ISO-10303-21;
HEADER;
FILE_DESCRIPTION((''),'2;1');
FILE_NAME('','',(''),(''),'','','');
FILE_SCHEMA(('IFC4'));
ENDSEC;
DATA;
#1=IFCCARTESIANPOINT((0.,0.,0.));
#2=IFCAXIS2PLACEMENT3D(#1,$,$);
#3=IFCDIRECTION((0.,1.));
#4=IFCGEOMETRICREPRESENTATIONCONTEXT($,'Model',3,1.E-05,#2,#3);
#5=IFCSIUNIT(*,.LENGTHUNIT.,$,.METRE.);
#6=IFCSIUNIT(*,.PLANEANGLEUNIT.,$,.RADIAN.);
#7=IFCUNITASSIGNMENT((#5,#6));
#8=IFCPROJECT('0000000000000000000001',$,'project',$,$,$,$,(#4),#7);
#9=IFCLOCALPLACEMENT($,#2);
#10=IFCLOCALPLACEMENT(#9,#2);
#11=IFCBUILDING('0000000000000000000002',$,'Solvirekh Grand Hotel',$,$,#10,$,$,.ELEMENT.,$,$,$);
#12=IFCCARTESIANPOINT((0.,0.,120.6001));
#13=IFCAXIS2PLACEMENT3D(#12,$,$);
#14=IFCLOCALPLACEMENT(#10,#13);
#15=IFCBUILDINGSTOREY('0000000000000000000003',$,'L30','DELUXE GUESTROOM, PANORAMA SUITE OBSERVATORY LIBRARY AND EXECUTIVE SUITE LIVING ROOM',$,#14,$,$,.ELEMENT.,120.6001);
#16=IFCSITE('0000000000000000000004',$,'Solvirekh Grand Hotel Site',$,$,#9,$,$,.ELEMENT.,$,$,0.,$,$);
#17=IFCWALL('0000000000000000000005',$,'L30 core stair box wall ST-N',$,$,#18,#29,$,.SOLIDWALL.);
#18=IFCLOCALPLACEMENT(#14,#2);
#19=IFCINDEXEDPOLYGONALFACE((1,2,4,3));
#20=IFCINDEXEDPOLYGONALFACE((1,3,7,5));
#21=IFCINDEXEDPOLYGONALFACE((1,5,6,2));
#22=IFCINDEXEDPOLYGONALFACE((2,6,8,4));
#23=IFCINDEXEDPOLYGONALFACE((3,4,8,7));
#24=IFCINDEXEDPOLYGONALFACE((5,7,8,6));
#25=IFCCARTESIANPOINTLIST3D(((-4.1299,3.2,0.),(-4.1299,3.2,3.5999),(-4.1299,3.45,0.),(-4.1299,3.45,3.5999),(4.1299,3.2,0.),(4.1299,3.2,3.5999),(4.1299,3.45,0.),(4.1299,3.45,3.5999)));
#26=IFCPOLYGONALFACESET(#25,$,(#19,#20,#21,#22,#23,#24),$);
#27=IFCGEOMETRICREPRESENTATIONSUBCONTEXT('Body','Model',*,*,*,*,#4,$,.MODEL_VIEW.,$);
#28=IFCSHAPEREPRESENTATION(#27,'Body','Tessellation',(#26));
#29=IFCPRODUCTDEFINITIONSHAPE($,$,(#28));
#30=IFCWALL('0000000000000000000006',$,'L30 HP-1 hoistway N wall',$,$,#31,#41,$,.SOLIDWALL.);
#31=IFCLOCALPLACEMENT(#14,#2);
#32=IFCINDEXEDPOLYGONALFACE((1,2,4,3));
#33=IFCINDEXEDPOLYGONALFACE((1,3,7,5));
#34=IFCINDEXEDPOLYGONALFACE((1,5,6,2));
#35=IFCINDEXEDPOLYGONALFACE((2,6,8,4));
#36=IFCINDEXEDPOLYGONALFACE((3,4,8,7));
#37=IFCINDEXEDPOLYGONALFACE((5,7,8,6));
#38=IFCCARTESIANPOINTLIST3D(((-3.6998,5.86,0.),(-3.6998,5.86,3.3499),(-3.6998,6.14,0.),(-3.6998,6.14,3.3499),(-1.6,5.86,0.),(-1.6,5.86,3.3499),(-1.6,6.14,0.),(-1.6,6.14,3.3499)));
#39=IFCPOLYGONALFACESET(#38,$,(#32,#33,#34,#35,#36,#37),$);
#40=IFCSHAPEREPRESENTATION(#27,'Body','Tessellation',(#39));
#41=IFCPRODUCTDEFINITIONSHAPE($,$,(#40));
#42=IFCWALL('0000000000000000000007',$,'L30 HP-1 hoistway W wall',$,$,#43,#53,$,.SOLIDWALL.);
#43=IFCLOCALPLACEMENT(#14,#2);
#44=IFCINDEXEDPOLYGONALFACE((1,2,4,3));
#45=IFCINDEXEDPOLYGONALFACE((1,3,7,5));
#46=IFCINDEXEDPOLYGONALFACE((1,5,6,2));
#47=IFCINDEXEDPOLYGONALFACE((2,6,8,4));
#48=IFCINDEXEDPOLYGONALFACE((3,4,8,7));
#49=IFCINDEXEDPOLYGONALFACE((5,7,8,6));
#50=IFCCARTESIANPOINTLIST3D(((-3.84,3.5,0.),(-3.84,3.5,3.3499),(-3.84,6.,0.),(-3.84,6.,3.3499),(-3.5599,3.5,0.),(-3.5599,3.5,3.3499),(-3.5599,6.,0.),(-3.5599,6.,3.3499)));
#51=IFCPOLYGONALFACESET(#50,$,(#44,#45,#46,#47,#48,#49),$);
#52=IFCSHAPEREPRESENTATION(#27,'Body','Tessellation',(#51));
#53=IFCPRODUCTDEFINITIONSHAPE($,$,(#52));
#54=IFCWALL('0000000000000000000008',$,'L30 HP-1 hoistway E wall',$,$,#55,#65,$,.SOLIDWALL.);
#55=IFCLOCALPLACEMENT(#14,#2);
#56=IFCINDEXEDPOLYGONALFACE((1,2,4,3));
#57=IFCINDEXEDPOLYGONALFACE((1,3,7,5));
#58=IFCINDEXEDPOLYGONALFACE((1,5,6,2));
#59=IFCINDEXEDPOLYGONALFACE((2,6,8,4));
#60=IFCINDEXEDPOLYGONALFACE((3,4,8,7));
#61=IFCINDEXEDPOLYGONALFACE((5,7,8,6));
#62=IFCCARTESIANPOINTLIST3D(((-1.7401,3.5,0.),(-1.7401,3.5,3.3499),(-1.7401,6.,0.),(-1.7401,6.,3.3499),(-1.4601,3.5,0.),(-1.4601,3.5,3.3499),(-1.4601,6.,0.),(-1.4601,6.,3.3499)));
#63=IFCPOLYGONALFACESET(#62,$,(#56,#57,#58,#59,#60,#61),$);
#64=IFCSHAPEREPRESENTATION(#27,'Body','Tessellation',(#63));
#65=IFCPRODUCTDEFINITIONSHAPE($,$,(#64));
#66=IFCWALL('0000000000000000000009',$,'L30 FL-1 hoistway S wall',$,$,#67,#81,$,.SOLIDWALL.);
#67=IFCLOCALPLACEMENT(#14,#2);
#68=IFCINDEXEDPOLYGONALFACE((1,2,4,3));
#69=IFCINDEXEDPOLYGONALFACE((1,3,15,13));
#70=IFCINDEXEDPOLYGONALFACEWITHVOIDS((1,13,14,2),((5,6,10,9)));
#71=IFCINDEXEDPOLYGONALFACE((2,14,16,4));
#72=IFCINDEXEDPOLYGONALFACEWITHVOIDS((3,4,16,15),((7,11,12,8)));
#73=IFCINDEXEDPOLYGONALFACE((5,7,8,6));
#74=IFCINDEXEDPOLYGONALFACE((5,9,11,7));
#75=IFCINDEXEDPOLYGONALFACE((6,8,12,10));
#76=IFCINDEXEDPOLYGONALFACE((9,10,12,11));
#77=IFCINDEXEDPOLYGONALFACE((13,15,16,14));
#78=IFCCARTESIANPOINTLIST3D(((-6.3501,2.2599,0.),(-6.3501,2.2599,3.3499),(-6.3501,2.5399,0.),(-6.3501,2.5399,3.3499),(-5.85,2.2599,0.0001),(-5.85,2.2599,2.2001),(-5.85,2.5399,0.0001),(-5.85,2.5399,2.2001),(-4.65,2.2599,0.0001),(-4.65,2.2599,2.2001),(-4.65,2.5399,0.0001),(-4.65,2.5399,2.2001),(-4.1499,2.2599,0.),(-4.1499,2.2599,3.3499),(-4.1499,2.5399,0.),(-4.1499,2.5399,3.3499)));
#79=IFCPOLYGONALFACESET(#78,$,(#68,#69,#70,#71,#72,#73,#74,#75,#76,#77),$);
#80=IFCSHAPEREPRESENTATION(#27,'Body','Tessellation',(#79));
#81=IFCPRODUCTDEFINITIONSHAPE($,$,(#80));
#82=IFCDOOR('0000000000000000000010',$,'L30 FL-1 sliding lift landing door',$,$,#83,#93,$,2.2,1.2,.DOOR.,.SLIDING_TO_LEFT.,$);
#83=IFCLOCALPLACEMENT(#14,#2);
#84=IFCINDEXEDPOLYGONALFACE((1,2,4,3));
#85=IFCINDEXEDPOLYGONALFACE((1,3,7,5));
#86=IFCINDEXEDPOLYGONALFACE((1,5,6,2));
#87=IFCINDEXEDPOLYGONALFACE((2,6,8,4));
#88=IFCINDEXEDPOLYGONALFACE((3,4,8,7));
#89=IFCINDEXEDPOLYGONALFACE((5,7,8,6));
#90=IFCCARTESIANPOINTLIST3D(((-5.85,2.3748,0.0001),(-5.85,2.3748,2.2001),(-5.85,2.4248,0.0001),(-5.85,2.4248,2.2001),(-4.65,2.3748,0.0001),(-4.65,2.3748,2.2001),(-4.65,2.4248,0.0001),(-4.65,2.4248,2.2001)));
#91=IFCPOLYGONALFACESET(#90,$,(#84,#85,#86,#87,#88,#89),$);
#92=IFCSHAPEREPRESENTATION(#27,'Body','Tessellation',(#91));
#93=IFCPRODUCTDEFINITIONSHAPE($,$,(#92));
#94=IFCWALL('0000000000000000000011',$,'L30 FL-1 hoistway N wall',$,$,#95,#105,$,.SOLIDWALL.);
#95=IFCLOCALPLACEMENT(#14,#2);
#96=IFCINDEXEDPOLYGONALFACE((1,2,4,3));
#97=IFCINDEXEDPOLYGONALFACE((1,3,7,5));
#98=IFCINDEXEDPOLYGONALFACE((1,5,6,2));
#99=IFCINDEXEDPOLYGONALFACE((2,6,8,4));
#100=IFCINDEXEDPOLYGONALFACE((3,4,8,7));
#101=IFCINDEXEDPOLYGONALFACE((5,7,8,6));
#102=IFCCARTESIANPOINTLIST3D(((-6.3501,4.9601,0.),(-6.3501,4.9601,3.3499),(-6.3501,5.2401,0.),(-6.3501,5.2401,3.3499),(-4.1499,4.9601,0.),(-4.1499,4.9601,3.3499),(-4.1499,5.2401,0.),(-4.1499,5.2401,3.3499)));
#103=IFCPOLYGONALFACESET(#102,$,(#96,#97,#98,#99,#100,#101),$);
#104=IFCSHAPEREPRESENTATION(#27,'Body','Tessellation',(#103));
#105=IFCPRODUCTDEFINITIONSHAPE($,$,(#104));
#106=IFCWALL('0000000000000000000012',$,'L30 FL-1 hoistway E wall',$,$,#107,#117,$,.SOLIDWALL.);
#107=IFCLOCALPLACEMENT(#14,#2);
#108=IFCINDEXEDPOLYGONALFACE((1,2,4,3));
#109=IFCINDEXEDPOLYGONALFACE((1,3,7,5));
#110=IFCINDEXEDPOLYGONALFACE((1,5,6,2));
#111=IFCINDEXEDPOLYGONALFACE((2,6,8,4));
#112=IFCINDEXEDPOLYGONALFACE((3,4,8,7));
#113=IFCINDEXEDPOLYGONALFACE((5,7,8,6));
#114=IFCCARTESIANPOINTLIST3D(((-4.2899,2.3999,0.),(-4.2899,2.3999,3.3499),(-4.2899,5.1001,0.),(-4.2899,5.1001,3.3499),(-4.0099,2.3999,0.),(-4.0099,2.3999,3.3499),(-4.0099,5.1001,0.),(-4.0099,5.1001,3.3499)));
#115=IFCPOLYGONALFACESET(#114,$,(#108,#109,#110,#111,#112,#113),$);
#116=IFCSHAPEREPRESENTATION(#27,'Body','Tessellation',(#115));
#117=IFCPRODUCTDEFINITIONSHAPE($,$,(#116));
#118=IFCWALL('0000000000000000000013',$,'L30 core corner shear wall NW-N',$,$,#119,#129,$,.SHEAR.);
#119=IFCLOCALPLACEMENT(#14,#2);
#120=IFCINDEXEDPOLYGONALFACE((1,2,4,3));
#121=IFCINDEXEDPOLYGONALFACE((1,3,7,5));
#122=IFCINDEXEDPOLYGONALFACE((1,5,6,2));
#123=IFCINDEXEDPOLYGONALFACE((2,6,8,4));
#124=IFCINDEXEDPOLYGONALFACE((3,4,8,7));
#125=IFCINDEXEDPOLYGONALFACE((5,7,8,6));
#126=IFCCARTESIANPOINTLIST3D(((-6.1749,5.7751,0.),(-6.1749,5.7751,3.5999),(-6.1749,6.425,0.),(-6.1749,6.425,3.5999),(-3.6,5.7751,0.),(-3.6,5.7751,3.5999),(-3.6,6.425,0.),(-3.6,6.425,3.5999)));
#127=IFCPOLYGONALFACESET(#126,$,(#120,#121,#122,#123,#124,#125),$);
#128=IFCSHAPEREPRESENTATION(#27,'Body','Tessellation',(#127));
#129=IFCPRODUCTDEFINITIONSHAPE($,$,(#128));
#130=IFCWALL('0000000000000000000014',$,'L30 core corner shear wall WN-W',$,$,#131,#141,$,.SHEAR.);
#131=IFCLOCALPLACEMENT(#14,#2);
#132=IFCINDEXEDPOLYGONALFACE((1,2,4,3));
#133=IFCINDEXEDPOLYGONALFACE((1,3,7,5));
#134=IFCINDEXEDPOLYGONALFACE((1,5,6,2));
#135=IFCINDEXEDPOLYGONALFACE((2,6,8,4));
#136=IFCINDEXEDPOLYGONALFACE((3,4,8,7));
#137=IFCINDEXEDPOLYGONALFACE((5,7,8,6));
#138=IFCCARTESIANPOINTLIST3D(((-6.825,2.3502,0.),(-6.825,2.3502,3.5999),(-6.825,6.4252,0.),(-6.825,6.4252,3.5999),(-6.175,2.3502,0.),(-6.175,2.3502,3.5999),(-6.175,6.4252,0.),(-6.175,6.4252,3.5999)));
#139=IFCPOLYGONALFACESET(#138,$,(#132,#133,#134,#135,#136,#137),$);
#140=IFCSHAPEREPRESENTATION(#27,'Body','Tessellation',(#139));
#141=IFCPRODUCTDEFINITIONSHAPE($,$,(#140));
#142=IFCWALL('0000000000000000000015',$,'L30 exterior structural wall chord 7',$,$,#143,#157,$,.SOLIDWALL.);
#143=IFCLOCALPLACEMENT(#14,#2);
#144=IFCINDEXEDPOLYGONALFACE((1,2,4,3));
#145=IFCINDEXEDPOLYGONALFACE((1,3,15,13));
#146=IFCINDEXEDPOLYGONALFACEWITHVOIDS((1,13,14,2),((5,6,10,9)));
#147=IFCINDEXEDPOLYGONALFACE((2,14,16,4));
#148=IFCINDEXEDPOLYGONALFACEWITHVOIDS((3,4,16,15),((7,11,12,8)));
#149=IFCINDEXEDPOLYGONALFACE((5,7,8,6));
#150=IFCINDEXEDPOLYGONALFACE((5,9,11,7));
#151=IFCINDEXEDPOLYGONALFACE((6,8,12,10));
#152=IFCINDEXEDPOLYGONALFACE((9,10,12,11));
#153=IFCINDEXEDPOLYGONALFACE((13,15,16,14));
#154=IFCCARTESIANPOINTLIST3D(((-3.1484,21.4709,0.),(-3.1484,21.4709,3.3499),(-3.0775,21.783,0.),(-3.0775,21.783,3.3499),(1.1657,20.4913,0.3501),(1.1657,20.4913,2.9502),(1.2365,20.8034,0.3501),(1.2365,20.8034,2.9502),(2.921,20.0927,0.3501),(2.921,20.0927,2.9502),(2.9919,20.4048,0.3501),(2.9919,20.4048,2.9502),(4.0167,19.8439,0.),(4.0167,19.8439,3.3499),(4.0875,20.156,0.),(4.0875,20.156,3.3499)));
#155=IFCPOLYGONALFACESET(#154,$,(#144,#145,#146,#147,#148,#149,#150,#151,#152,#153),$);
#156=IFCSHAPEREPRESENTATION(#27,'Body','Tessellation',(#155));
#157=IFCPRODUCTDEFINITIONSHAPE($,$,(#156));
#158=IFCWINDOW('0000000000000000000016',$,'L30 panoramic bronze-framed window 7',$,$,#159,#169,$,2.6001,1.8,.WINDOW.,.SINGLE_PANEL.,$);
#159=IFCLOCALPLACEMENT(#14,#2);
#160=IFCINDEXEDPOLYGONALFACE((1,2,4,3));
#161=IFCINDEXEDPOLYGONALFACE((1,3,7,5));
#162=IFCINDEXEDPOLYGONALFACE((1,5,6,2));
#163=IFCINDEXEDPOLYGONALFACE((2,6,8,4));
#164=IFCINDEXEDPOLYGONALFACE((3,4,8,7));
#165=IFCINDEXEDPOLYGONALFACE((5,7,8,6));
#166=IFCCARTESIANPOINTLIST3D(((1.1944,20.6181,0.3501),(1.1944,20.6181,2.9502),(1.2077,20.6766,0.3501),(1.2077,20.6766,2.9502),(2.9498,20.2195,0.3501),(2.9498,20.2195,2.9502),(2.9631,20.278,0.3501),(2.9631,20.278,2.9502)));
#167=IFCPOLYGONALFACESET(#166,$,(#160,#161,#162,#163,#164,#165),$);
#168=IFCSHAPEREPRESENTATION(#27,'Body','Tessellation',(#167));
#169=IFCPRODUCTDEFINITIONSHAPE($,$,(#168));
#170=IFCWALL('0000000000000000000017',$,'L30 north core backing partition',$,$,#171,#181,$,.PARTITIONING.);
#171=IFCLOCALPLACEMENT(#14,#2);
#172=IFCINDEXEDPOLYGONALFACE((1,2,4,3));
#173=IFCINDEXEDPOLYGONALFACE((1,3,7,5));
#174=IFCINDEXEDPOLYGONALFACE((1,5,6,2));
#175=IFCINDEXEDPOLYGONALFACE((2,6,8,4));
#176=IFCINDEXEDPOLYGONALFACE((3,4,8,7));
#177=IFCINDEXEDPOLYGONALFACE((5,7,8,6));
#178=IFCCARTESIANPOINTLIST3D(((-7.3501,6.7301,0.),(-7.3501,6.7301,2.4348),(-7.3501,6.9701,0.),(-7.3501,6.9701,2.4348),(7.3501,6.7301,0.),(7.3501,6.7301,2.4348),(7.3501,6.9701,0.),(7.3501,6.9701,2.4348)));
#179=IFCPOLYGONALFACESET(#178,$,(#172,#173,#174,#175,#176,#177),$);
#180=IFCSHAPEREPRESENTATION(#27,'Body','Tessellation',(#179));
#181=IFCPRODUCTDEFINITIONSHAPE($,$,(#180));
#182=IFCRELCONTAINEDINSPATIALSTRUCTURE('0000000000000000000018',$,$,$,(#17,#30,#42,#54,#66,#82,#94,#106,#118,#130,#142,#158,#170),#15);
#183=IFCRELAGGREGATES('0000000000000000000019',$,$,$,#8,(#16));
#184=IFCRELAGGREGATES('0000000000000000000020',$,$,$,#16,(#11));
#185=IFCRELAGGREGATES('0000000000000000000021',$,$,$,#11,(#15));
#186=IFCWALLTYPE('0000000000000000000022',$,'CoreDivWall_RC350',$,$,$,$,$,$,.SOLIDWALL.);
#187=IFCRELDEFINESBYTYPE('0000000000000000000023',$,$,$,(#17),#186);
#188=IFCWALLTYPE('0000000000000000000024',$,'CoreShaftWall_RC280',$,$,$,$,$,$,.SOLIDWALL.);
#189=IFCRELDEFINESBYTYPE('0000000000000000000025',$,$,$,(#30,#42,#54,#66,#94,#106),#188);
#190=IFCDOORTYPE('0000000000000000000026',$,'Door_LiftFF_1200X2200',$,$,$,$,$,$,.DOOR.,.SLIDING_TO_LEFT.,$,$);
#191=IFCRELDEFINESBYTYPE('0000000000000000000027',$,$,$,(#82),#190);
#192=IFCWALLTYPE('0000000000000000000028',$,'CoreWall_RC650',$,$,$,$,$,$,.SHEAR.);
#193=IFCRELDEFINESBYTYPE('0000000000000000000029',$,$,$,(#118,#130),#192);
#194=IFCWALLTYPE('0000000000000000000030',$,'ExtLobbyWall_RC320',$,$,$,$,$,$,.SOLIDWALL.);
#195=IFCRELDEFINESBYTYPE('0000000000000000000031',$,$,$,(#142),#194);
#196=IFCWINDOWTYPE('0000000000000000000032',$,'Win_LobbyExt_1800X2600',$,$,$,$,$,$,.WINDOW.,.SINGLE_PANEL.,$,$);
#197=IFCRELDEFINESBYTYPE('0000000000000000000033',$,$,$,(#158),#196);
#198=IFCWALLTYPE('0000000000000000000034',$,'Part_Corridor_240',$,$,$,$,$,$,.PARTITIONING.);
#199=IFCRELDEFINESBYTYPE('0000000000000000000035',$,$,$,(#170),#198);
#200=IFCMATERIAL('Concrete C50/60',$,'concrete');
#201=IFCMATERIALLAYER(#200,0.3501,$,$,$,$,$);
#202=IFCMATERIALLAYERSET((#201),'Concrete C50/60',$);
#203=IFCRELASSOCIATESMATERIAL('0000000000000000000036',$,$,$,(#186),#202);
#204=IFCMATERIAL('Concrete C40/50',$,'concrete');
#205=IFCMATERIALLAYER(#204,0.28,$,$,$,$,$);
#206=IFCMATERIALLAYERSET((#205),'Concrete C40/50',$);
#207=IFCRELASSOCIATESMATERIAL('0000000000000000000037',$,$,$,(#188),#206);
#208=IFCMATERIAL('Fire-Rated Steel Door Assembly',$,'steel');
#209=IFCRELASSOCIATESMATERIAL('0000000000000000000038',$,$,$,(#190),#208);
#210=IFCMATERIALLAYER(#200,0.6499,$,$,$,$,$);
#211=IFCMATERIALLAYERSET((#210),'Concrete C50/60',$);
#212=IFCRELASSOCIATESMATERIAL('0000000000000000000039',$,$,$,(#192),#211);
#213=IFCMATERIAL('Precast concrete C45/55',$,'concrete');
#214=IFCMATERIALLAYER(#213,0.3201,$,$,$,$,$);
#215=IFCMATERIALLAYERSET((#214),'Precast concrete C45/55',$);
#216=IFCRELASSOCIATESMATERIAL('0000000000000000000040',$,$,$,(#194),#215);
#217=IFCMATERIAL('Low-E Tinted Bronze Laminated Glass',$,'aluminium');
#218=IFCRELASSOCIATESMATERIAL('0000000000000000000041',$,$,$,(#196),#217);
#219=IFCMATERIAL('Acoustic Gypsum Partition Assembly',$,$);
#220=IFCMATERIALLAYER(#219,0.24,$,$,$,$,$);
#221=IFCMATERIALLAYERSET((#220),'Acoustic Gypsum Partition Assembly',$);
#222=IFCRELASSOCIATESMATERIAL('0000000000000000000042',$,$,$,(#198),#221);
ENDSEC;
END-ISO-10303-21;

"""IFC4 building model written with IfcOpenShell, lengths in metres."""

from ifc_helpers import new_model, si_unit, direction, frame, frame_2d, origin, place, context, subcontext, project, spatial, rectangle, extrude, material, layer, layer_set, type_object, element, fill, save


model = new_model("IFC4")

# Units and contexts
model_context = context("Model", 3, precision=1e-05, world=origin(), true_north=direction((0.0, 1.0)))
body_context = subcontext(model_context, "Body", "Model", "MODEL_VIEW")
ifc_project = project(units=[si_unit("LENGTHUNIT", "METRE"), si_unit("PLANEANGLEUNIT", "RADIAN")], contexts=[model_context])

# Site, building, storey
site_placement = place(None, origin())
site = spatial("IfcSite", under=ifc_project, at=site_placement, Name="Solvirekh Grand Hotel Site", CompositionType="ELEMENT", RefElevation=0.0)
building_placement = place(site_placement, origin())
building = spatial("IfcBuilding", under=site, at=building_placement, Name="Solvirekh Grand Hotel", CompositionType="ELEMENT")
storey_placement = place(building_placement, frame((0.0, 0.0, 120.6001)))
storey = spatial("IfcBuildingStorey", under=building, at=storey_placement, Name="L30", Description="DELUXE GUESTROOM, PANORAMA SUITE OBSERVATORY LIBRARY AND EXECUTIVE SUITE LIVING ROOM", CompositionType="ELEMENT", Elevation=120.6001)

# Shared definitions
ifc_material_1 = material(Name="Concrete C50/60", Category="concrete")

# Shared definitions
ifc_material_2 = material(Name="Low-E Tinted Bronze Laminated Glass", Category="aluminium")

# Walls
ifc_layer_1 = layer(ifc_material_1, 0.3501)
ifc_layer_set_1 = layer_set([ifc_layer_1], Name="Concrete C50/60")
wall_type_1 = type_object("IfcWallType", Name="CoreDivWall_RC350", PredefinedType="SOLIDWALL", material=ifc_layer_set_1)
wall_1_placement = place(storey_placement, frame((-4.1299, 3.325, 0.0), z_axis=(0.0, 0.0, 1.0), x_axis=(1.0, 0.0, 0.0)))
element("IfcWall", 1, at=wall_1_placement, inside=storey, type_object=wall_type_1, Name="L30 core stair box wall ST-N", PredefinedType="SOLIDWALL", context=body_context, shape_type="SweptSolid", body=[
    extrude(rectangle(XDim=8.2598, YDim=0.25, at=frame_2d((4.1299, 0.0))), origin(), (0.0, 0.0, 1.0), 3.5999),
])
ifc_material_3 = material(Name="Concrete C40/50", Category="concrete")
ifc_layer_2 = layer(ifc_material_3, 0.28)
ifc_layer_set_2 = layer_set([ifc_layer_2], Name="Concrete C40/50")
wall_type_2 = type_object("IfcWallType", Name="CoreShaftWall_RC280", PredefinedType="SOLIDWALL", material=ifc_layer_set_2)
wall_2_placement = place(storey_placement, frame((-1.6001, 6.0, 0.0), z_axis=(0.0, 0.0, 1.0), x_axis=(-1.0, 0.0, 0.0)))
element("IfcWall", 2, at=wall_2_placement, inside=storey, type_object=wall_type_2, Name="L30 HP-1 hoistway N wall", PredefinedType="SOLIDWALL", context=body_context, shape_type="SweptSolid", body=[
    extrude(rectangle(XDim=2.0999, YDim=0.28, at=frame_2d((1.0498, 0.0))), origin(), (0.0, 0.0, 1.0), 3.3499),
])
for number, where, z_axis, x_axis, name in (
    (3, (-3.7, 6.0, 0.0), (0.0, 0.0, 1.0), (0.0, -1.0, 0.0), "L30 HP-1 hoistway W wall"),
    (4, (-1.6001, 3.5, 0.0), (0.0, 0.0, 1.0), (0.0, 1.0, 0.0), "L30 HP-1 hoistway E wall"),
):
    element("IfcWall", number, at=place(storey_placement, frame(where, z_axis=z_axis, x_axis=x_axis)), inside=storey, type_object=wall_type_2, Name=name, PredefinedType="SOLIDWALL", context=body_context, shape_type="SweptSolid", body=[
        extrude(rectangle(XDim=2.5, YDim=0.28, at=frame_2d((1.25, 0.0))), origin(), (0.0, 0.0, 1.0), 3.3499),
    ])

# Wall, opening, door
wall_3_placement = place(storey_placement, frame((-6.3501, 2.3999, 0.0), z_axis=(0.0, 0.0, 1.0), x_axis=(1.0, 0.0, 0.0)))
wall_3 = element("IfcWall", 5, at=wall_3_placement, inside=storey, type_object=wall_type_2, Name="L30 FL-1 hoistway S wall", PredefinedType="SOLIDWALL", context=body_context, shape_type="SweptSolid", body=[
    extrude(rectangle(XDim=2.2002, YDim=0.28, at=frame_2d((1.1001, 0.0))), origin(), (0.0, 0.0, 1.0), 3.3499),
])
opening_1_placement = place(wall_3_placement, frame((0.5, 0.0, 0.0)))
opening_1 = element("IfcOpeningElement", 6, at=opening_1_placement, cuts=wall_3, PredefinedType="OPENING", context=body_context, shape_type="SweptSolid", body=[
    extrude(rectangle(XDim=1.2, YDim=2.2, at=frame_2d((0.6001, 1.1001))), frame((0.0, 0.1499, 0.0), z_axis=(0.0, -1.0, 0.0), x_axis=(1.0, 0.0, 0.0)), (0.0, 0.0, 1.0), 0.3),
])
ifc_material_4 = material(Name="Fire-Rated Steel Door Assembly", Category="steel")
door_type_1 = type_object("IfcDoorType", Name="Door_LiftFF_1200X2200", OperationType="SLIDING_TO_LEFT", PredefinedType="DOOR", material=ifc_material_4)
door_1_placement = place(opening_1_placement, origin())
door_1 = element("IfcDoor", 7, at=door_1_placement, inside=storey, type_object=door_type_1, Name="L30 FL-1 sliding lift landing door", OperationType="SLIDING_TO_LEFT", OverallHeight=2.2, OverallWidth=1.2, PredefinedType="DOOR", context=body_context, shape_type="SweptSolid", body=[
    extrude(rectangle(XDim=1.2, YDim=2.2, at=frame_2d((0.6001, 1.1001))), frame((0.0, 0.0249, 0.0), z_axis=(0.0, -1.0, 0.0), x_axis=(1.0, 0.0, 0.0)), (0.0, 0.0, 1.0), 0.05),
])
fill(opening_1, door_1)

# Walls
wall_4_placement = place(storey_placement, frame((-4.1499, 5.1001, 0.0), z_axis=(0.0, 0.0, 1.0), x_axis=(-1.0, 0.0, 0.0)))
element("IfcWall", 8, at=wall_4_placement, inside=storey, type_object=wall_type_2, Name="L30 FL-1 hoistway N wall", PredefinedType="SOLIDWALL", context=body_context, shape_type="SweptSolid", body=[
    extrude(rectangle(XDim=2.2002, YDim=0.28, at=frame_2d((1.1001, 0.0))), origin(), (0.0, 0.0, 1.0), 3.3499),
])
wall_5_placement = place(storey_placement, frame((-4.1499, 2.3999, 0.0), z_axis=(0.0, 0.0, 1.0), x_axis=(0.0, 1.0, 0.0)))
element("IfcWall", 9, at=wall_5_placement, inside=storey, type_object=wall_type_2, Name="L30 FL-1 hoistway E wall", PredefinedType="SOLIDWALL", context=body_context, shape_type="SweptSolid", body=[
    extrude(rectangle(XDim=2.7002, YDim=0.28, at=frame_2d((1.3501, 0.0))), origin(), (0.0, 0.0, 1.0), 3.3499),
])
ifc_layer_3 = layer(ifc_material_1, 0.6499)
ifc_layer_set_3 = layer_set([ifc_layer_3], Name="Concrete C50/60")
wall_type_3 = type_object("IfcWallType", Name="CoreWall_RC650", PredefinedType="SHEAR", material=ifc_layer_set_3)
wall_6_placement = place(storey_placement, frame((-6.175, 6.1001, 0.0), z_axis=(0.0, 0.0, 1.0), x_axis=(1.0, 0.0, 0.0)))
element("IfcWall", 10, at=wall_6_placement, inside=storey, type_object=wall_type_3, Name="L30 core corner shear wall NW-N", PredefinedType="SHEAR", context=body_context, shape_type="SweptSolid", body=[
    extrude(rectangle(XDim=2.575, YDim=0.6499, at=frame_2d((1.2876, 0.0))), origin(), (0.0, 0.0, 1.0), 3.5999),
])
wall_7_placement = place(storey_placement, frame((-6.5, 2.3501, 0.0), z_axis=(0.0, 0.0, 1.0), x_axis=(0.0, 1.0, 0.0)))
element("IfcWall", 11, at=wall_7_placement, inside=storey, type_object=wall_type_3, Name="L30 core corner shear wall WN-W", PredefinedType="SHEAR", context=body_context, shape_type="SweptSolid", body=[
    extrude(rectangle(XDim=4.075, YDim=0.6499, at=frame_2d((2.0376, 0.0))), origin(), (0.0, 0.0, 1.0), 3.5999),
])

# Wall, opening, window
ifc_material_5 = material(Name="Precast concrete C45/55", Category="concrete")
ifc_layer_4 = layer(ifc_material_5, 0.3201)
ifc_layer_set_4 = layer_set([ifc_layer_4], Name="Precast concrete C45/55")
wall_type_4 = type_object("IfcWallType", Name="ExtLobbyWall_RC320", PredefinedType="SOLIDWALL", material=ifc_layer_set_4)
wall_8_placement = place(storey_placement, frame((-3.113, 21.627, 0.0), z_axis=(0.0, 0.0, 1.0), x_axis=(0.975176, -0.221432, 0.0)))
wall_8 = element("IfcWall", 12, at=wall_8_placement, inside=storey, type_object=wall_type_4, Name="L30 exterior structural wall chord 7", PredefinedType="SOLIDWALL", context=body_context, shape_type="SweptSolid", body=[
    extrude(rectangle(XDim=7.3474, YDim=0.3201, at=frame_2d((3.6738, 0.0))), origin(), (0.0, 0.0, 1.0), 3.3499),
])
opening_2_placement = place(wall_8_placement, frame((4.4241, 0.0, 0.3501)))
opening_2 = element("IfcOpeningElement", 13, at=opening_2_placement, cuts=wall_8, PredefinedType="OPENING", context=body_context, shape_type="SweptSolid", body=[
    extrude(rectangle(XDim=1.8, YDim=2.6001, at=frame_2d((0.8999, 1.3))), frame((0.0, 0.1699, 0.0), z_axis=(0.0, -1.0, 0.0), x_axis=(1.0, 0.0, 0.0)), (0.0, 0.0, 1.0), 0.3401),
])
window_type = type_object("IfcWindowType", Name="Win_LobbyExt_1800X2600", PartitioningType="SINGLE_PANEL", PredefinedType="WINDOW", material=ifc_material_2)
window_placement = place(opening_2_placement, origin())
window = element("IfcWindow", 14, at=window_placement, inside=storey, type_object=window_type, Name="L30 panoramic bronze-framed window 7", OverallHeight=2.6001, OverallWidth=1.8, PartitioningType="SINGLE_PANEL", PredefinedType="WINDOW", context=body_context, shape_type="SweptSolid", body=[
    extrude(rectangle(XDim=1.8, YDim=2.6001, at=frame_2d((0.8999, 1.3))), frame((0.0, 0.03, 0.0), z_axis=(0.0, -1.0, 0.0), x_axis=(1.0, 0.0, 0.0)), (0.0, 0.0, 1.0), 0.0601),
])
fill(opening_2, window)

# Wall
ifc_material_6 = material(Name="Acoustic Gypsum Partition Assembly")
ifc_layer_5 = layer(ifc_material_6, 0.24)
ifc_layer_set_5 = layer_set([ifc_layer_5], Name="Acoustic Gypsum Partition Assembly")
wall_type_5 = type_object("IfcWallType", Name="Part_Corridor_240", PredefinedType="PARTITIONING", material=ifc_layer_set_5)
wall_9_placement = place(storey_placement, frame((-7.3501, 6.8501, 0.0), z_axis=(0.0, 0.0, 1.0), x_axis=(1.0, 0.0, 0.0)))
element("IfcWall", 15, at=wall_9_placement, inside=storey, type_object=wall_type_5, Name="L30 north core backing partition", PredefinedType="PARTITIONING", context=body_context, shape_type="SweptSolid", body=[
    extrude(rectangle(XDim=14.7002, YDim=0.24, at=frame_2d((7.3501, 0.0))), origin(), (0.0, 0.0, 1.0), 2.4348),
])

save(model, "model.ifc")
